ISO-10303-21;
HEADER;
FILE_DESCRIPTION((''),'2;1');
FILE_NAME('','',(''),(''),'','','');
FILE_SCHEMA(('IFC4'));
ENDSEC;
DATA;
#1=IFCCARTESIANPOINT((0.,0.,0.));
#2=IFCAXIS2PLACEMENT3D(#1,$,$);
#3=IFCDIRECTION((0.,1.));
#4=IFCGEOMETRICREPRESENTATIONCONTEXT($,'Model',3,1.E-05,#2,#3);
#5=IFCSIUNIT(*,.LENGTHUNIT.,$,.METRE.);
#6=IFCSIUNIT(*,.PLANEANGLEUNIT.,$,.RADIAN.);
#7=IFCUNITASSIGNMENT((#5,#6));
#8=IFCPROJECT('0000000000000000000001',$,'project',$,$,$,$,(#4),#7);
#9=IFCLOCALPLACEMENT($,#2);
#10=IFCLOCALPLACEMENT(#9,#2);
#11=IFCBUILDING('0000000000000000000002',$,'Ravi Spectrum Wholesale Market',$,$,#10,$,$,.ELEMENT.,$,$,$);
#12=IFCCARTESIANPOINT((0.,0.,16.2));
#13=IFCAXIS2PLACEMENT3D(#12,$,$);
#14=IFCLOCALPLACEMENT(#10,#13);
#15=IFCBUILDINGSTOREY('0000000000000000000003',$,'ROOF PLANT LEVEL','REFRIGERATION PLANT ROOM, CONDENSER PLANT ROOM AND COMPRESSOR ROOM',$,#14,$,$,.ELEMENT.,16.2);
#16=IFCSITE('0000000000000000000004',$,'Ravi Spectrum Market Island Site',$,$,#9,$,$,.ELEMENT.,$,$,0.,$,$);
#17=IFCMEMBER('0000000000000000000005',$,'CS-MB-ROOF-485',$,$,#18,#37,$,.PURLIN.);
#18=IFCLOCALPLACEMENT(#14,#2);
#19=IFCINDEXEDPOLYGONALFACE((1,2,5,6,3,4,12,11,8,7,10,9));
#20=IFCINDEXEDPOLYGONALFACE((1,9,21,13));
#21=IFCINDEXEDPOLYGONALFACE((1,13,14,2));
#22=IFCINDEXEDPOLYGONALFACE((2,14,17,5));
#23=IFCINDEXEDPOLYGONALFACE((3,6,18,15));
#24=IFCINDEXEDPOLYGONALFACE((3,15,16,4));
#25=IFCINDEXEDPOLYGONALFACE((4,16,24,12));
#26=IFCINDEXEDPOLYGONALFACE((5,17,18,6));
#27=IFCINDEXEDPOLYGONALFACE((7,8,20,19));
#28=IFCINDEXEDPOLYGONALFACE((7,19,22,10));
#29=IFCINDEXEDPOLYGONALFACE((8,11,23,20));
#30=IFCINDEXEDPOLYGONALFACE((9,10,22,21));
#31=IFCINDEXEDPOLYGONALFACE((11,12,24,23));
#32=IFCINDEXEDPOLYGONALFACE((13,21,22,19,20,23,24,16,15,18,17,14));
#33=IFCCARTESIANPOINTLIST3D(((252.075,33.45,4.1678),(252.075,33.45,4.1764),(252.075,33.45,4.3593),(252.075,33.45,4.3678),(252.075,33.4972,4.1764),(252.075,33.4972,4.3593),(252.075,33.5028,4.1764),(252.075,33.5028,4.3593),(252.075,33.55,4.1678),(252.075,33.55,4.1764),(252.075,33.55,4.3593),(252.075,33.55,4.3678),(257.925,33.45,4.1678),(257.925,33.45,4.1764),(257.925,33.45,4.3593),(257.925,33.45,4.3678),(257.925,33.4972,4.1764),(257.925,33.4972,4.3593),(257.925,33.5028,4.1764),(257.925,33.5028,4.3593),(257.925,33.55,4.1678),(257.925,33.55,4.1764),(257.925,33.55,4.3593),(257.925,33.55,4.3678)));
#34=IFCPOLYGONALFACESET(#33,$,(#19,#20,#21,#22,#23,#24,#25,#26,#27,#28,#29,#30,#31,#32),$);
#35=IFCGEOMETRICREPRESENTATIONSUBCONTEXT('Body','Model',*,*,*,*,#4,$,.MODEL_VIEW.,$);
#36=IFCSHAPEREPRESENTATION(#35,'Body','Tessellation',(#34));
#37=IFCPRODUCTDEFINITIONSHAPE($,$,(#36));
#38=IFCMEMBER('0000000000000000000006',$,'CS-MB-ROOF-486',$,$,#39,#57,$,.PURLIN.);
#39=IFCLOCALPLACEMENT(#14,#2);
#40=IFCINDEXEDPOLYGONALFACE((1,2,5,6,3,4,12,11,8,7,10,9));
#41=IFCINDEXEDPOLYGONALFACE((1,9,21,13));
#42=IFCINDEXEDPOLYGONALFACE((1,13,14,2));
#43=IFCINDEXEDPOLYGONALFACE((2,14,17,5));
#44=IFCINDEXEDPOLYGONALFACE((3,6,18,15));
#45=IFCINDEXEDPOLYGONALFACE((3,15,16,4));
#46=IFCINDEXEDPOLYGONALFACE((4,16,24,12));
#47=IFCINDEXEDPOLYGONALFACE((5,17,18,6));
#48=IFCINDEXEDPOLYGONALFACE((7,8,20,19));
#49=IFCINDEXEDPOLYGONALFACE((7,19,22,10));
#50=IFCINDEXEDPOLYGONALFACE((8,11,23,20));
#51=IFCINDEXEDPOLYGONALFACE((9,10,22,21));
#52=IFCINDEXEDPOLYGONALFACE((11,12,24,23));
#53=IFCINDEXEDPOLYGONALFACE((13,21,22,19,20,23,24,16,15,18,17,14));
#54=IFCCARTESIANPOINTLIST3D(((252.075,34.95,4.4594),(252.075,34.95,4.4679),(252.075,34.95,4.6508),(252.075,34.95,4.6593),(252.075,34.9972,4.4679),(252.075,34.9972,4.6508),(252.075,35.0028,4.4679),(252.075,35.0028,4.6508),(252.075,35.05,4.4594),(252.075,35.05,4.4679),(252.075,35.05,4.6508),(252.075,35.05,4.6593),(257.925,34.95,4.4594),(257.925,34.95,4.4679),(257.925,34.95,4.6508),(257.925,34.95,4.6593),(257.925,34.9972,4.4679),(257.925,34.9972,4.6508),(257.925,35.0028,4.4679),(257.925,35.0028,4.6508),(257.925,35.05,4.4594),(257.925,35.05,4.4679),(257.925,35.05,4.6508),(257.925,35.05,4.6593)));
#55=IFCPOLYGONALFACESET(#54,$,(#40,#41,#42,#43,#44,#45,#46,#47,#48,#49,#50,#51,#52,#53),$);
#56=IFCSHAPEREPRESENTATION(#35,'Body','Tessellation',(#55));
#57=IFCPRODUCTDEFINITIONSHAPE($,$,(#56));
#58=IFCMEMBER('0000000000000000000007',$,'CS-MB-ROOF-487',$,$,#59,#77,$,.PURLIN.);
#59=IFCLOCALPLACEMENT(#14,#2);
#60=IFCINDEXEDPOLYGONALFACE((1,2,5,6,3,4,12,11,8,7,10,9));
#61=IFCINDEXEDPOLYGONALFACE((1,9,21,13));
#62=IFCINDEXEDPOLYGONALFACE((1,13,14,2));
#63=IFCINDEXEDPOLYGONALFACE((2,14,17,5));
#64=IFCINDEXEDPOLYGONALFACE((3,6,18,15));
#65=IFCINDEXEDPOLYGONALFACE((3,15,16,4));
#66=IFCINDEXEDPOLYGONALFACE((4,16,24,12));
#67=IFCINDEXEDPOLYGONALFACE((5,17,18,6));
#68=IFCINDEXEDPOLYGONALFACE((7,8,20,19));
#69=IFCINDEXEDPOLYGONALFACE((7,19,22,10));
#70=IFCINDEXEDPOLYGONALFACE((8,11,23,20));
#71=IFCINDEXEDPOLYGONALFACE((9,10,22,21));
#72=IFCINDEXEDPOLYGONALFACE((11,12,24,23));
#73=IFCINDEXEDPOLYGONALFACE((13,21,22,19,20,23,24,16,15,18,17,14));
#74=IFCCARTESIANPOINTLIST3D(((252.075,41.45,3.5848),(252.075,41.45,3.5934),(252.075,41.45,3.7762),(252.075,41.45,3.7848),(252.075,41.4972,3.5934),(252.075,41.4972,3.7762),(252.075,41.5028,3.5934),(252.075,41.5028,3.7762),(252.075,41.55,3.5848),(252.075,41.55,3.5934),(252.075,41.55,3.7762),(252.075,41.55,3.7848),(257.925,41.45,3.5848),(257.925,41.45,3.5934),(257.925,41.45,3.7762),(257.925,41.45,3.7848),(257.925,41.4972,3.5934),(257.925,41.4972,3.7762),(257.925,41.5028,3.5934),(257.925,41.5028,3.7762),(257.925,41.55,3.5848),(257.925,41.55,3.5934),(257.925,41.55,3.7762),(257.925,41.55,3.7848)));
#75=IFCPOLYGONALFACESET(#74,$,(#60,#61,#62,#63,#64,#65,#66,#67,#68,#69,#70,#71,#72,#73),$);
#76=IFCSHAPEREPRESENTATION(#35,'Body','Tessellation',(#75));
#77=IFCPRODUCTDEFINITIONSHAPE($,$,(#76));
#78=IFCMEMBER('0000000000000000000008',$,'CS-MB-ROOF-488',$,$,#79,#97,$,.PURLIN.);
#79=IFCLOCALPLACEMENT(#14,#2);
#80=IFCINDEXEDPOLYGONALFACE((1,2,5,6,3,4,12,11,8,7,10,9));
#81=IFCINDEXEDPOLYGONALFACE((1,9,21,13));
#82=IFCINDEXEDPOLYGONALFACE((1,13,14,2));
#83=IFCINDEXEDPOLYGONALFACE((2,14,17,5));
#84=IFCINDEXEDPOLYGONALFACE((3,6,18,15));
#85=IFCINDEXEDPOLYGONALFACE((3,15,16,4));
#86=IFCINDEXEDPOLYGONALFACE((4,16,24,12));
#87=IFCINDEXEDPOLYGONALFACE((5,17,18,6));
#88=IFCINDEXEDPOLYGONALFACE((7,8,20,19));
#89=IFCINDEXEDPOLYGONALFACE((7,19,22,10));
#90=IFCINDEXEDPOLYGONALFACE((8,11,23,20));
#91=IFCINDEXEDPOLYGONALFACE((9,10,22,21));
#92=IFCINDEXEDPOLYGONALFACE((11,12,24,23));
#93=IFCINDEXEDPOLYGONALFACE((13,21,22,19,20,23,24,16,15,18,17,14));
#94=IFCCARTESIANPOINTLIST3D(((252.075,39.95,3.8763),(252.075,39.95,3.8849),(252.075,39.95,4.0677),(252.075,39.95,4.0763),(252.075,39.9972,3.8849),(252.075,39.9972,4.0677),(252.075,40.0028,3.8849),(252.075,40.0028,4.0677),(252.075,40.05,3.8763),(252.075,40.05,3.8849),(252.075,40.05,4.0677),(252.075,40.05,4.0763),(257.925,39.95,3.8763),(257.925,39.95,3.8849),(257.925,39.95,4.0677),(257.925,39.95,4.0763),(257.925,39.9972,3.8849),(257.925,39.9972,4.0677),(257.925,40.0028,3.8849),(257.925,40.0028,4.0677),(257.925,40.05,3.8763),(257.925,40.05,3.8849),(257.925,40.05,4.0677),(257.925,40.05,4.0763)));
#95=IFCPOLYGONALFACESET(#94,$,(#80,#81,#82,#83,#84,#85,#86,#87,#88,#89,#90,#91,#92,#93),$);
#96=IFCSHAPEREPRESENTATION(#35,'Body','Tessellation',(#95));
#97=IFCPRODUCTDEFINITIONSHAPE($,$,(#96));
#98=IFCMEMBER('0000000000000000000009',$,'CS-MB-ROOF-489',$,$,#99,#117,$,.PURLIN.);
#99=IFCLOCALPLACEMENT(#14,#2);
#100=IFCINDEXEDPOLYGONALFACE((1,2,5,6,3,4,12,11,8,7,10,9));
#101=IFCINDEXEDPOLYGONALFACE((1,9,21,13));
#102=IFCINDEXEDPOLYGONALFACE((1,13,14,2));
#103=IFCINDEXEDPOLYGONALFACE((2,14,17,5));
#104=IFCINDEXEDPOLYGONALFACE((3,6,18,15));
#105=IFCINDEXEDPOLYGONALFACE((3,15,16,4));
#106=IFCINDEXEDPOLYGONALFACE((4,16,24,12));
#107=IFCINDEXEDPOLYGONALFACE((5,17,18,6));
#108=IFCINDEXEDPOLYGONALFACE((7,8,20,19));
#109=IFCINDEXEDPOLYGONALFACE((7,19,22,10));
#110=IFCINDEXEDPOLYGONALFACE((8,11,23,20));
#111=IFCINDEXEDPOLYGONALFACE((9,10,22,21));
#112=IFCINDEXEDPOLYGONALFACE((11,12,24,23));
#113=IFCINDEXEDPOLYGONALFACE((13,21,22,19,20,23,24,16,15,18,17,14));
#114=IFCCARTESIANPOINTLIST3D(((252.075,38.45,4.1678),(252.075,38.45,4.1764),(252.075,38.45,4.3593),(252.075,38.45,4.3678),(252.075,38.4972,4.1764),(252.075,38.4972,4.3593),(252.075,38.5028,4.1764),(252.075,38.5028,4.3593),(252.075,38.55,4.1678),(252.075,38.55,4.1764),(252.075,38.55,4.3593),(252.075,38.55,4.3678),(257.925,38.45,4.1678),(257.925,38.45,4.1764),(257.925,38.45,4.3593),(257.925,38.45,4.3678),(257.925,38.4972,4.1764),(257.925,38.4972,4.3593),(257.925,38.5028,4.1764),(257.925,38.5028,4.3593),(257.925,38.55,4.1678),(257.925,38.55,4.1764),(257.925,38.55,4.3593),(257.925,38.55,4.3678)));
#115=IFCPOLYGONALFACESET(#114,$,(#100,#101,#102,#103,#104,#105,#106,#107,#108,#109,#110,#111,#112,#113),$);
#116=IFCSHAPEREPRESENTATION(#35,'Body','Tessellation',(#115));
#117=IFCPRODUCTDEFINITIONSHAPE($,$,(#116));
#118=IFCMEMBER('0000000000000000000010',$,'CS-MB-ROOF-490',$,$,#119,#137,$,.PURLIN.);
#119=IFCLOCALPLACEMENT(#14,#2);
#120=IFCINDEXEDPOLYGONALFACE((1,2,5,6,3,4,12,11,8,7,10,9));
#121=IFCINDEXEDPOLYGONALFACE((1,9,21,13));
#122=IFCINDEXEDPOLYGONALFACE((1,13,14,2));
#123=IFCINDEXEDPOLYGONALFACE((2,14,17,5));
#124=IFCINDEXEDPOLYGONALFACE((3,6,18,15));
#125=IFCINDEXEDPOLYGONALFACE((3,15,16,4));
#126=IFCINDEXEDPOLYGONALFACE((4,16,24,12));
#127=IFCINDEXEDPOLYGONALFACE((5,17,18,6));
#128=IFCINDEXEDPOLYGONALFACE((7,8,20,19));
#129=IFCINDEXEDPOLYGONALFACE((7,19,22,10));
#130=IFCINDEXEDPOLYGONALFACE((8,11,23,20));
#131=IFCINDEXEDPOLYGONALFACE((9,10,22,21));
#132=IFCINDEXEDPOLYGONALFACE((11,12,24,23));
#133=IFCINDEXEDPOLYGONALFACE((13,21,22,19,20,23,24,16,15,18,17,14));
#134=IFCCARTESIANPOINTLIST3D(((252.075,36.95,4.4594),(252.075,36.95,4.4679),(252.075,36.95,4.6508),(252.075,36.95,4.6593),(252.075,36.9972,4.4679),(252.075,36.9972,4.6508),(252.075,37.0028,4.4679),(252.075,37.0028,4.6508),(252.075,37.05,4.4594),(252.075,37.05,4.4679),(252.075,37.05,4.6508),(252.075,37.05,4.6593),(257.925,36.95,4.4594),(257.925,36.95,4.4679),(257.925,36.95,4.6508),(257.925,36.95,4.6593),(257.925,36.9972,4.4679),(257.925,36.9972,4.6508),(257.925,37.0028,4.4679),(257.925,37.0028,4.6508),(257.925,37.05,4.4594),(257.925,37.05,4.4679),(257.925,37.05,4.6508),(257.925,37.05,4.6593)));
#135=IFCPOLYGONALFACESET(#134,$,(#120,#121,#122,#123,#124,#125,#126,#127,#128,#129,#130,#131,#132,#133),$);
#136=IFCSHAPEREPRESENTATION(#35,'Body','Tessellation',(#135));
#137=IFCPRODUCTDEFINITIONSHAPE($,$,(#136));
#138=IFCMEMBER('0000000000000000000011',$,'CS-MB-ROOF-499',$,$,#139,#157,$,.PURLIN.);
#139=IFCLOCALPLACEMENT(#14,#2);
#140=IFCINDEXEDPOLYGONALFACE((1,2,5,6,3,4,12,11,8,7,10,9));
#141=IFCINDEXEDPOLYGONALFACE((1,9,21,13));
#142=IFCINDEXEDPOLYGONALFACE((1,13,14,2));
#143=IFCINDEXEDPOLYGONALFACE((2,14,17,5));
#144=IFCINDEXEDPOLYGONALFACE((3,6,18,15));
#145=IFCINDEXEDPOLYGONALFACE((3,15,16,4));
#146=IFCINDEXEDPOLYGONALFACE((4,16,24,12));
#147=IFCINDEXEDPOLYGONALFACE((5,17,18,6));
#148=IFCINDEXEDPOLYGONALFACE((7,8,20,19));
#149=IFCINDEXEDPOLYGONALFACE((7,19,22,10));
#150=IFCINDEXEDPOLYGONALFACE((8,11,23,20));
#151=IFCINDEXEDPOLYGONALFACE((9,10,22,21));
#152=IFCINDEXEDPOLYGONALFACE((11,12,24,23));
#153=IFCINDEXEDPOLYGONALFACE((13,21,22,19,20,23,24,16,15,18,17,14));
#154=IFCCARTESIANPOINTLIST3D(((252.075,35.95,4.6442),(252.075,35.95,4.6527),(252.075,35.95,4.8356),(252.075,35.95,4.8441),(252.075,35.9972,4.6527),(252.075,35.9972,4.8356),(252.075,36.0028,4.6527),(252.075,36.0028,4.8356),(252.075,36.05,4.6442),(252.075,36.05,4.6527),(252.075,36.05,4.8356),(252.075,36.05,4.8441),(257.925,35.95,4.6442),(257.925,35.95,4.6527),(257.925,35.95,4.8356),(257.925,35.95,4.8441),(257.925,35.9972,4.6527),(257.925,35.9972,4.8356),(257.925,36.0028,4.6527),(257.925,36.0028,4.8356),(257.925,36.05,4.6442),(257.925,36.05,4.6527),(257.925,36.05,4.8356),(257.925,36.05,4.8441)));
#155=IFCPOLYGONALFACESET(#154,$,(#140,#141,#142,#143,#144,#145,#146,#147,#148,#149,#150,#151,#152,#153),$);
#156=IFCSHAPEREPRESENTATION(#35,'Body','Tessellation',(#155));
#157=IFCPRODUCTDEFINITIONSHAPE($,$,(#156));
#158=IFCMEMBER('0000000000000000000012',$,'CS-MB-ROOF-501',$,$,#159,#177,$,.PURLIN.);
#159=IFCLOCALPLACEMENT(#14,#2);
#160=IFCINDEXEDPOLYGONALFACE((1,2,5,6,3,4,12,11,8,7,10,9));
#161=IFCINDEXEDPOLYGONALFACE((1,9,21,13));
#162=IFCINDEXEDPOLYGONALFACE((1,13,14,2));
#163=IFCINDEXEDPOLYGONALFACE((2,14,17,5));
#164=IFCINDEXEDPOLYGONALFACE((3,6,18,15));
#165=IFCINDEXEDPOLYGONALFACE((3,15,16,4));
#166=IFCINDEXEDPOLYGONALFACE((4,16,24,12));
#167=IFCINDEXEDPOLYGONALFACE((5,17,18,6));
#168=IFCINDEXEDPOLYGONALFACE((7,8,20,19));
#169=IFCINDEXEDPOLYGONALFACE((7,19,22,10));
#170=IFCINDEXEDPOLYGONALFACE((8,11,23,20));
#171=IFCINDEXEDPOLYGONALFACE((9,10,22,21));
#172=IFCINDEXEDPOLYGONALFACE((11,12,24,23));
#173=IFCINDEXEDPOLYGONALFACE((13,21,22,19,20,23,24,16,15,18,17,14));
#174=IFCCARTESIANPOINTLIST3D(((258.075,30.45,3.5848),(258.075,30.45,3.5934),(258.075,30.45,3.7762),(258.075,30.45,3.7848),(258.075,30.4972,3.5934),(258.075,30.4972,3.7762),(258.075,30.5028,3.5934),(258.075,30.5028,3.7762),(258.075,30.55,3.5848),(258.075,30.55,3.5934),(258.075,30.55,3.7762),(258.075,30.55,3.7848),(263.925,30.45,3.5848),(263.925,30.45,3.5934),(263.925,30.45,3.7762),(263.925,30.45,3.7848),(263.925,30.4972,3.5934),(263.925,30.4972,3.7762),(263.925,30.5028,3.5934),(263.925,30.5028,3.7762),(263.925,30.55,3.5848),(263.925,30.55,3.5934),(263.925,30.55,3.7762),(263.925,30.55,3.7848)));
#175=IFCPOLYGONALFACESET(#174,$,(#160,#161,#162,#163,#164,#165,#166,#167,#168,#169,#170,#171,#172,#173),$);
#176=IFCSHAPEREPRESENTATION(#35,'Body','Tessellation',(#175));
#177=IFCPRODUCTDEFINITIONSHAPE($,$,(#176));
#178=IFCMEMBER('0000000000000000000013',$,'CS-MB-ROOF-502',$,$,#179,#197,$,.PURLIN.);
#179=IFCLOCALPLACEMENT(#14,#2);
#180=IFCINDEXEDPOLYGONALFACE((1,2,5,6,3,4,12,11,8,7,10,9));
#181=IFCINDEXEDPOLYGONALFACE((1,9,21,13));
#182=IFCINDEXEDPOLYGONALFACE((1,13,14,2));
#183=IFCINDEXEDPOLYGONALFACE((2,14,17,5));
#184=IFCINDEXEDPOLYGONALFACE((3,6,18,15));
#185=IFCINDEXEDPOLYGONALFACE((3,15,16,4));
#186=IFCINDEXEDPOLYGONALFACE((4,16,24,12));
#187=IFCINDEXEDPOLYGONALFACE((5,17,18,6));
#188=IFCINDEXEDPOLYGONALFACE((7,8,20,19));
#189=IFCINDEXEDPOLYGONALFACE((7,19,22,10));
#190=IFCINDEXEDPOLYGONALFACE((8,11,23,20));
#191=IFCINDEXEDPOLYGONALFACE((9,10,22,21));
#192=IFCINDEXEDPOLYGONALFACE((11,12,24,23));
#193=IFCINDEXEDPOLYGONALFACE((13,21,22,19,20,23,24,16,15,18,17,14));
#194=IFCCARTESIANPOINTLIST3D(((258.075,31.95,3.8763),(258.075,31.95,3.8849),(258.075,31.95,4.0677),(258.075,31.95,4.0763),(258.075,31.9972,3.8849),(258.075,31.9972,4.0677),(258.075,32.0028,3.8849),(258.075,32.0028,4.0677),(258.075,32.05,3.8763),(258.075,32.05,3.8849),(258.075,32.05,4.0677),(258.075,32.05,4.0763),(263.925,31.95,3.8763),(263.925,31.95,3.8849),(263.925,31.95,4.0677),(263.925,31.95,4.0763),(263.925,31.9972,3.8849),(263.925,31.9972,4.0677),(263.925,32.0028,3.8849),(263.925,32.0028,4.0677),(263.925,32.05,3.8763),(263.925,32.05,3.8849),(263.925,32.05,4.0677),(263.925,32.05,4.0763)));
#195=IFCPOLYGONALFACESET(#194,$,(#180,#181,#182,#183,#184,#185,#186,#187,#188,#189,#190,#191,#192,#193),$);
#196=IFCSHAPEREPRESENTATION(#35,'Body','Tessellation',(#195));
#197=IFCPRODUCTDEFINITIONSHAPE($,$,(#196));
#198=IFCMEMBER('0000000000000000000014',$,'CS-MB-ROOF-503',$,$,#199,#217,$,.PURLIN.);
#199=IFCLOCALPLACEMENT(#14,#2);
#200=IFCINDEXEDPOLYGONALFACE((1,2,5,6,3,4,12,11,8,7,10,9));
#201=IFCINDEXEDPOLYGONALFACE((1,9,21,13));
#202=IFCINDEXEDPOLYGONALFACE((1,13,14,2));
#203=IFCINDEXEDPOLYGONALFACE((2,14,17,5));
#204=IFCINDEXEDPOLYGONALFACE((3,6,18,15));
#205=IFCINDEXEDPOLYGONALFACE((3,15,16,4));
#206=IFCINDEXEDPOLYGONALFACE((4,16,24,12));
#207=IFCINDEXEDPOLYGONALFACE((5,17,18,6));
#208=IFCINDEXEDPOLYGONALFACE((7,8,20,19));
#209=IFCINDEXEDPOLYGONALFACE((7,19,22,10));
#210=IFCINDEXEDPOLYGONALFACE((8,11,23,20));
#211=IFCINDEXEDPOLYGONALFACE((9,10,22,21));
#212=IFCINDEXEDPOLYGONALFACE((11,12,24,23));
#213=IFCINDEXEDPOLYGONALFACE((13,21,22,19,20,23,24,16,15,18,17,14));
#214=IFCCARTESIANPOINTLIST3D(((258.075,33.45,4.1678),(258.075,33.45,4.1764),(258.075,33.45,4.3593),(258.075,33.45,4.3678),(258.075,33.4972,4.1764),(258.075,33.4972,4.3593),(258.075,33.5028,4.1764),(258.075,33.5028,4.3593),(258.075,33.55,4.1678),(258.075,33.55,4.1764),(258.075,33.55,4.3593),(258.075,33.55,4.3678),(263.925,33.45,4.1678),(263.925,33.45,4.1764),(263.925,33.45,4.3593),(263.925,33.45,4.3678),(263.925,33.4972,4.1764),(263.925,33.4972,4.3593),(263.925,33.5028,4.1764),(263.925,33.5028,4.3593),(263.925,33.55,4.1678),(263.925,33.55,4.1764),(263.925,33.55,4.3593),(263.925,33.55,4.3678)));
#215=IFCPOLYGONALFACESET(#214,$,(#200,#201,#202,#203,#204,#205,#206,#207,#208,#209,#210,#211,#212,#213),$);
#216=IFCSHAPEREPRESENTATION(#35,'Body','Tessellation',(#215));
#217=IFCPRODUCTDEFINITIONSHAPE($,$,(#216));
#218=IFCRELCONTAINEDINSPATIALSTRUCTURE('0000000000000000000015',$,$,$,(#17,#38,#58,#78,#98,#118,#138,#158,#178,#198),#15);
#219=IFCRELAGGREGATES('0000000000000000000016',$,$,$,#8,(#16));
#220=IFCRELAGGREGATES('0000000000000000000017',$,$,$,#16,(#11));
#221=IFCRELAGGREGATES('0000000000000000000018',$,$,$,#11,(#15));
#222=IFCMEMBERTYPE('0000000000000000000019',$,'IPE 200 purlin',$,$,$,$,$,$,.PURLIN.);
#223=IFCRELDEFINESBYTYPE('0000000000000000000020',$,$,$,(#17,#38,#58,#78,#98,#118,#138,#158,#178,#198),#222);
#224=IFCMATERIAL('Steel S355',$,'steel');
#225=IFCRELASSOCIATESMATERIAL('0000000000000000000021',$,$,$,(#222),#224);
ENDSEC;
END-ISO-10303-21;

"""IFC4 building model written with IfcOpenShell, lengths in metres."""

from ifc_helpers import new_model, si_unit, direction, frame, origin, origin_2d, place, context, subcontext, project, spatial, i_section, extrude, material, material_profile, profile_set, type_object, element, save


model = new_model("IFC4")

# Units and contexts
model_context = context("Model", 3, precision=1e-05, world=origin(), true_north=direction((0.0, 1.0)))
body_context = subcontext(model_context, "Body", "Model", "MODEL_VIEW")
ifc_project = project(units=[si_unit("LENGTHUNIT", "METRE"), si_unit("PLANEANGLEUNIT", "RADIAN")], contexts=[model_context])

# Site, building, storey
site_placement = place(None, origin())
site = spatial("IfcSite", under=ifc_project, at=site_placement, Name="Ravi Spectrum Market Island Site", CompositionType="ELEMENT", RefElevation=0.0)
building_placement = place(site_placement, origin())
building = spatial("IfcBuilding", under=site, at=building_placement, Name="Ravi Spectrum Wholesale Market", CompositionType="ELEMENT")
storey_placement = place(building_placement, frame((0.0, 0.0, 16.2)))
storey = spatial("IfcBuildingStorey", under=building, at=storey_placement, Name="ROOF PLANT LEVEL", Description="REFRIGERATION PLANT ROOM, CONDENSER PLANT ROOM AND COMPRESSOR ROOM", CompositionType="ELEMENT", Elevation=16.2)

# Members
ifc_material_1 = material(Name="Steel S355", Category="steel")
ifc_material_profile_1 = material_profile(ifc_material_1, i_section(OverallWidth=0.1001, OverallDepth=0.2, WebThickness=0.0056, FlangeThickness=0.0085, at=origin_2d()))
ifc_profile_set_1 = profile_set([ifc_material_profile_1], Name="Steel S355")
member_type = type_object("IfcMemberType", Name="IPE 200 purlin", PredefinedType="PURLIN", material=ifc_profile_set_1)
for number, where, z_axis, x_axis, name in (
    (1, (252.075, 33.5, 4.2678), (1.0, 0.0, 0.0), (0.0, 1.0, 0.0), "CS-MB-ROOF-485"),
    (2, (252.075, 35.0, 4.5593), (1.0, 0.0, 0.0), (0.0, 1.0, 0.0), "CS-MB-ROOF-486"),
    (3, (252.075, 41.5, 3.6848), (1.0, 0.0, 0.0), (0.0, 1.0, 0.0), "CS-MB-ROOF-487"),
    (4, (252.075, 40.0, 3.9763), (1.0, 0.0, 0.0), (0.0, 1.0, 0.0), "CS-MB-ROOF-488"),
    (5, (252.075, 38.5, 4.2678), (1.0, 0.0, 0.0), (0.0, 1.0, 0.0), "CS-MB-ROOF-489"),
    (6, (252.075, 37.0, 4.5593), (1.0, 0.0, 0.0), (0.0, 1.0, 0.0), "CS-MB-ROOF-490"),
    (7, (252.075, 36.0, 4.7441), (1.0, 0.0, 0.0), (0.0, 1.0, 0.0), "CS-MB-ROOF-499"),
    (8, (258.075, 30.5, 3.6848), (1.0, 0.0, 0.0), (0.0, 1.0, 0.0), "CS-MB-ROOF-501"),
    (9, (258.075, 32.0, 3.9763), (1.0, 0.0, 0.0), (0.0, 1.0, 0.0), "CS-MB-ROOF-502"),
    (10, (258.075, 33.5, 4.2678), (1.0, 0.0, 0.0), (0.0, 1.0, 0.0), "CS-MB-ROOF-503"),
):
    element("IfcMember", number, at=place(storey_placement, frame(where, z_axis=z_axis, x_axis=x_axis)), inside=storey, type_object=member_type, Name=name, PredefinedType="PURLIN", context=body_context, shape_type="SweptSolid", body=[
        extrude(i_section(OverallWidth=0.1001, OverallDepth=0.2, WebThickness=0.0056, FlangeThickness=0.0085, at=origin_2d()), origin(), (0.0, 0.0, 1.0), 5.8501),
    ])

save(model, "model.ifc")
